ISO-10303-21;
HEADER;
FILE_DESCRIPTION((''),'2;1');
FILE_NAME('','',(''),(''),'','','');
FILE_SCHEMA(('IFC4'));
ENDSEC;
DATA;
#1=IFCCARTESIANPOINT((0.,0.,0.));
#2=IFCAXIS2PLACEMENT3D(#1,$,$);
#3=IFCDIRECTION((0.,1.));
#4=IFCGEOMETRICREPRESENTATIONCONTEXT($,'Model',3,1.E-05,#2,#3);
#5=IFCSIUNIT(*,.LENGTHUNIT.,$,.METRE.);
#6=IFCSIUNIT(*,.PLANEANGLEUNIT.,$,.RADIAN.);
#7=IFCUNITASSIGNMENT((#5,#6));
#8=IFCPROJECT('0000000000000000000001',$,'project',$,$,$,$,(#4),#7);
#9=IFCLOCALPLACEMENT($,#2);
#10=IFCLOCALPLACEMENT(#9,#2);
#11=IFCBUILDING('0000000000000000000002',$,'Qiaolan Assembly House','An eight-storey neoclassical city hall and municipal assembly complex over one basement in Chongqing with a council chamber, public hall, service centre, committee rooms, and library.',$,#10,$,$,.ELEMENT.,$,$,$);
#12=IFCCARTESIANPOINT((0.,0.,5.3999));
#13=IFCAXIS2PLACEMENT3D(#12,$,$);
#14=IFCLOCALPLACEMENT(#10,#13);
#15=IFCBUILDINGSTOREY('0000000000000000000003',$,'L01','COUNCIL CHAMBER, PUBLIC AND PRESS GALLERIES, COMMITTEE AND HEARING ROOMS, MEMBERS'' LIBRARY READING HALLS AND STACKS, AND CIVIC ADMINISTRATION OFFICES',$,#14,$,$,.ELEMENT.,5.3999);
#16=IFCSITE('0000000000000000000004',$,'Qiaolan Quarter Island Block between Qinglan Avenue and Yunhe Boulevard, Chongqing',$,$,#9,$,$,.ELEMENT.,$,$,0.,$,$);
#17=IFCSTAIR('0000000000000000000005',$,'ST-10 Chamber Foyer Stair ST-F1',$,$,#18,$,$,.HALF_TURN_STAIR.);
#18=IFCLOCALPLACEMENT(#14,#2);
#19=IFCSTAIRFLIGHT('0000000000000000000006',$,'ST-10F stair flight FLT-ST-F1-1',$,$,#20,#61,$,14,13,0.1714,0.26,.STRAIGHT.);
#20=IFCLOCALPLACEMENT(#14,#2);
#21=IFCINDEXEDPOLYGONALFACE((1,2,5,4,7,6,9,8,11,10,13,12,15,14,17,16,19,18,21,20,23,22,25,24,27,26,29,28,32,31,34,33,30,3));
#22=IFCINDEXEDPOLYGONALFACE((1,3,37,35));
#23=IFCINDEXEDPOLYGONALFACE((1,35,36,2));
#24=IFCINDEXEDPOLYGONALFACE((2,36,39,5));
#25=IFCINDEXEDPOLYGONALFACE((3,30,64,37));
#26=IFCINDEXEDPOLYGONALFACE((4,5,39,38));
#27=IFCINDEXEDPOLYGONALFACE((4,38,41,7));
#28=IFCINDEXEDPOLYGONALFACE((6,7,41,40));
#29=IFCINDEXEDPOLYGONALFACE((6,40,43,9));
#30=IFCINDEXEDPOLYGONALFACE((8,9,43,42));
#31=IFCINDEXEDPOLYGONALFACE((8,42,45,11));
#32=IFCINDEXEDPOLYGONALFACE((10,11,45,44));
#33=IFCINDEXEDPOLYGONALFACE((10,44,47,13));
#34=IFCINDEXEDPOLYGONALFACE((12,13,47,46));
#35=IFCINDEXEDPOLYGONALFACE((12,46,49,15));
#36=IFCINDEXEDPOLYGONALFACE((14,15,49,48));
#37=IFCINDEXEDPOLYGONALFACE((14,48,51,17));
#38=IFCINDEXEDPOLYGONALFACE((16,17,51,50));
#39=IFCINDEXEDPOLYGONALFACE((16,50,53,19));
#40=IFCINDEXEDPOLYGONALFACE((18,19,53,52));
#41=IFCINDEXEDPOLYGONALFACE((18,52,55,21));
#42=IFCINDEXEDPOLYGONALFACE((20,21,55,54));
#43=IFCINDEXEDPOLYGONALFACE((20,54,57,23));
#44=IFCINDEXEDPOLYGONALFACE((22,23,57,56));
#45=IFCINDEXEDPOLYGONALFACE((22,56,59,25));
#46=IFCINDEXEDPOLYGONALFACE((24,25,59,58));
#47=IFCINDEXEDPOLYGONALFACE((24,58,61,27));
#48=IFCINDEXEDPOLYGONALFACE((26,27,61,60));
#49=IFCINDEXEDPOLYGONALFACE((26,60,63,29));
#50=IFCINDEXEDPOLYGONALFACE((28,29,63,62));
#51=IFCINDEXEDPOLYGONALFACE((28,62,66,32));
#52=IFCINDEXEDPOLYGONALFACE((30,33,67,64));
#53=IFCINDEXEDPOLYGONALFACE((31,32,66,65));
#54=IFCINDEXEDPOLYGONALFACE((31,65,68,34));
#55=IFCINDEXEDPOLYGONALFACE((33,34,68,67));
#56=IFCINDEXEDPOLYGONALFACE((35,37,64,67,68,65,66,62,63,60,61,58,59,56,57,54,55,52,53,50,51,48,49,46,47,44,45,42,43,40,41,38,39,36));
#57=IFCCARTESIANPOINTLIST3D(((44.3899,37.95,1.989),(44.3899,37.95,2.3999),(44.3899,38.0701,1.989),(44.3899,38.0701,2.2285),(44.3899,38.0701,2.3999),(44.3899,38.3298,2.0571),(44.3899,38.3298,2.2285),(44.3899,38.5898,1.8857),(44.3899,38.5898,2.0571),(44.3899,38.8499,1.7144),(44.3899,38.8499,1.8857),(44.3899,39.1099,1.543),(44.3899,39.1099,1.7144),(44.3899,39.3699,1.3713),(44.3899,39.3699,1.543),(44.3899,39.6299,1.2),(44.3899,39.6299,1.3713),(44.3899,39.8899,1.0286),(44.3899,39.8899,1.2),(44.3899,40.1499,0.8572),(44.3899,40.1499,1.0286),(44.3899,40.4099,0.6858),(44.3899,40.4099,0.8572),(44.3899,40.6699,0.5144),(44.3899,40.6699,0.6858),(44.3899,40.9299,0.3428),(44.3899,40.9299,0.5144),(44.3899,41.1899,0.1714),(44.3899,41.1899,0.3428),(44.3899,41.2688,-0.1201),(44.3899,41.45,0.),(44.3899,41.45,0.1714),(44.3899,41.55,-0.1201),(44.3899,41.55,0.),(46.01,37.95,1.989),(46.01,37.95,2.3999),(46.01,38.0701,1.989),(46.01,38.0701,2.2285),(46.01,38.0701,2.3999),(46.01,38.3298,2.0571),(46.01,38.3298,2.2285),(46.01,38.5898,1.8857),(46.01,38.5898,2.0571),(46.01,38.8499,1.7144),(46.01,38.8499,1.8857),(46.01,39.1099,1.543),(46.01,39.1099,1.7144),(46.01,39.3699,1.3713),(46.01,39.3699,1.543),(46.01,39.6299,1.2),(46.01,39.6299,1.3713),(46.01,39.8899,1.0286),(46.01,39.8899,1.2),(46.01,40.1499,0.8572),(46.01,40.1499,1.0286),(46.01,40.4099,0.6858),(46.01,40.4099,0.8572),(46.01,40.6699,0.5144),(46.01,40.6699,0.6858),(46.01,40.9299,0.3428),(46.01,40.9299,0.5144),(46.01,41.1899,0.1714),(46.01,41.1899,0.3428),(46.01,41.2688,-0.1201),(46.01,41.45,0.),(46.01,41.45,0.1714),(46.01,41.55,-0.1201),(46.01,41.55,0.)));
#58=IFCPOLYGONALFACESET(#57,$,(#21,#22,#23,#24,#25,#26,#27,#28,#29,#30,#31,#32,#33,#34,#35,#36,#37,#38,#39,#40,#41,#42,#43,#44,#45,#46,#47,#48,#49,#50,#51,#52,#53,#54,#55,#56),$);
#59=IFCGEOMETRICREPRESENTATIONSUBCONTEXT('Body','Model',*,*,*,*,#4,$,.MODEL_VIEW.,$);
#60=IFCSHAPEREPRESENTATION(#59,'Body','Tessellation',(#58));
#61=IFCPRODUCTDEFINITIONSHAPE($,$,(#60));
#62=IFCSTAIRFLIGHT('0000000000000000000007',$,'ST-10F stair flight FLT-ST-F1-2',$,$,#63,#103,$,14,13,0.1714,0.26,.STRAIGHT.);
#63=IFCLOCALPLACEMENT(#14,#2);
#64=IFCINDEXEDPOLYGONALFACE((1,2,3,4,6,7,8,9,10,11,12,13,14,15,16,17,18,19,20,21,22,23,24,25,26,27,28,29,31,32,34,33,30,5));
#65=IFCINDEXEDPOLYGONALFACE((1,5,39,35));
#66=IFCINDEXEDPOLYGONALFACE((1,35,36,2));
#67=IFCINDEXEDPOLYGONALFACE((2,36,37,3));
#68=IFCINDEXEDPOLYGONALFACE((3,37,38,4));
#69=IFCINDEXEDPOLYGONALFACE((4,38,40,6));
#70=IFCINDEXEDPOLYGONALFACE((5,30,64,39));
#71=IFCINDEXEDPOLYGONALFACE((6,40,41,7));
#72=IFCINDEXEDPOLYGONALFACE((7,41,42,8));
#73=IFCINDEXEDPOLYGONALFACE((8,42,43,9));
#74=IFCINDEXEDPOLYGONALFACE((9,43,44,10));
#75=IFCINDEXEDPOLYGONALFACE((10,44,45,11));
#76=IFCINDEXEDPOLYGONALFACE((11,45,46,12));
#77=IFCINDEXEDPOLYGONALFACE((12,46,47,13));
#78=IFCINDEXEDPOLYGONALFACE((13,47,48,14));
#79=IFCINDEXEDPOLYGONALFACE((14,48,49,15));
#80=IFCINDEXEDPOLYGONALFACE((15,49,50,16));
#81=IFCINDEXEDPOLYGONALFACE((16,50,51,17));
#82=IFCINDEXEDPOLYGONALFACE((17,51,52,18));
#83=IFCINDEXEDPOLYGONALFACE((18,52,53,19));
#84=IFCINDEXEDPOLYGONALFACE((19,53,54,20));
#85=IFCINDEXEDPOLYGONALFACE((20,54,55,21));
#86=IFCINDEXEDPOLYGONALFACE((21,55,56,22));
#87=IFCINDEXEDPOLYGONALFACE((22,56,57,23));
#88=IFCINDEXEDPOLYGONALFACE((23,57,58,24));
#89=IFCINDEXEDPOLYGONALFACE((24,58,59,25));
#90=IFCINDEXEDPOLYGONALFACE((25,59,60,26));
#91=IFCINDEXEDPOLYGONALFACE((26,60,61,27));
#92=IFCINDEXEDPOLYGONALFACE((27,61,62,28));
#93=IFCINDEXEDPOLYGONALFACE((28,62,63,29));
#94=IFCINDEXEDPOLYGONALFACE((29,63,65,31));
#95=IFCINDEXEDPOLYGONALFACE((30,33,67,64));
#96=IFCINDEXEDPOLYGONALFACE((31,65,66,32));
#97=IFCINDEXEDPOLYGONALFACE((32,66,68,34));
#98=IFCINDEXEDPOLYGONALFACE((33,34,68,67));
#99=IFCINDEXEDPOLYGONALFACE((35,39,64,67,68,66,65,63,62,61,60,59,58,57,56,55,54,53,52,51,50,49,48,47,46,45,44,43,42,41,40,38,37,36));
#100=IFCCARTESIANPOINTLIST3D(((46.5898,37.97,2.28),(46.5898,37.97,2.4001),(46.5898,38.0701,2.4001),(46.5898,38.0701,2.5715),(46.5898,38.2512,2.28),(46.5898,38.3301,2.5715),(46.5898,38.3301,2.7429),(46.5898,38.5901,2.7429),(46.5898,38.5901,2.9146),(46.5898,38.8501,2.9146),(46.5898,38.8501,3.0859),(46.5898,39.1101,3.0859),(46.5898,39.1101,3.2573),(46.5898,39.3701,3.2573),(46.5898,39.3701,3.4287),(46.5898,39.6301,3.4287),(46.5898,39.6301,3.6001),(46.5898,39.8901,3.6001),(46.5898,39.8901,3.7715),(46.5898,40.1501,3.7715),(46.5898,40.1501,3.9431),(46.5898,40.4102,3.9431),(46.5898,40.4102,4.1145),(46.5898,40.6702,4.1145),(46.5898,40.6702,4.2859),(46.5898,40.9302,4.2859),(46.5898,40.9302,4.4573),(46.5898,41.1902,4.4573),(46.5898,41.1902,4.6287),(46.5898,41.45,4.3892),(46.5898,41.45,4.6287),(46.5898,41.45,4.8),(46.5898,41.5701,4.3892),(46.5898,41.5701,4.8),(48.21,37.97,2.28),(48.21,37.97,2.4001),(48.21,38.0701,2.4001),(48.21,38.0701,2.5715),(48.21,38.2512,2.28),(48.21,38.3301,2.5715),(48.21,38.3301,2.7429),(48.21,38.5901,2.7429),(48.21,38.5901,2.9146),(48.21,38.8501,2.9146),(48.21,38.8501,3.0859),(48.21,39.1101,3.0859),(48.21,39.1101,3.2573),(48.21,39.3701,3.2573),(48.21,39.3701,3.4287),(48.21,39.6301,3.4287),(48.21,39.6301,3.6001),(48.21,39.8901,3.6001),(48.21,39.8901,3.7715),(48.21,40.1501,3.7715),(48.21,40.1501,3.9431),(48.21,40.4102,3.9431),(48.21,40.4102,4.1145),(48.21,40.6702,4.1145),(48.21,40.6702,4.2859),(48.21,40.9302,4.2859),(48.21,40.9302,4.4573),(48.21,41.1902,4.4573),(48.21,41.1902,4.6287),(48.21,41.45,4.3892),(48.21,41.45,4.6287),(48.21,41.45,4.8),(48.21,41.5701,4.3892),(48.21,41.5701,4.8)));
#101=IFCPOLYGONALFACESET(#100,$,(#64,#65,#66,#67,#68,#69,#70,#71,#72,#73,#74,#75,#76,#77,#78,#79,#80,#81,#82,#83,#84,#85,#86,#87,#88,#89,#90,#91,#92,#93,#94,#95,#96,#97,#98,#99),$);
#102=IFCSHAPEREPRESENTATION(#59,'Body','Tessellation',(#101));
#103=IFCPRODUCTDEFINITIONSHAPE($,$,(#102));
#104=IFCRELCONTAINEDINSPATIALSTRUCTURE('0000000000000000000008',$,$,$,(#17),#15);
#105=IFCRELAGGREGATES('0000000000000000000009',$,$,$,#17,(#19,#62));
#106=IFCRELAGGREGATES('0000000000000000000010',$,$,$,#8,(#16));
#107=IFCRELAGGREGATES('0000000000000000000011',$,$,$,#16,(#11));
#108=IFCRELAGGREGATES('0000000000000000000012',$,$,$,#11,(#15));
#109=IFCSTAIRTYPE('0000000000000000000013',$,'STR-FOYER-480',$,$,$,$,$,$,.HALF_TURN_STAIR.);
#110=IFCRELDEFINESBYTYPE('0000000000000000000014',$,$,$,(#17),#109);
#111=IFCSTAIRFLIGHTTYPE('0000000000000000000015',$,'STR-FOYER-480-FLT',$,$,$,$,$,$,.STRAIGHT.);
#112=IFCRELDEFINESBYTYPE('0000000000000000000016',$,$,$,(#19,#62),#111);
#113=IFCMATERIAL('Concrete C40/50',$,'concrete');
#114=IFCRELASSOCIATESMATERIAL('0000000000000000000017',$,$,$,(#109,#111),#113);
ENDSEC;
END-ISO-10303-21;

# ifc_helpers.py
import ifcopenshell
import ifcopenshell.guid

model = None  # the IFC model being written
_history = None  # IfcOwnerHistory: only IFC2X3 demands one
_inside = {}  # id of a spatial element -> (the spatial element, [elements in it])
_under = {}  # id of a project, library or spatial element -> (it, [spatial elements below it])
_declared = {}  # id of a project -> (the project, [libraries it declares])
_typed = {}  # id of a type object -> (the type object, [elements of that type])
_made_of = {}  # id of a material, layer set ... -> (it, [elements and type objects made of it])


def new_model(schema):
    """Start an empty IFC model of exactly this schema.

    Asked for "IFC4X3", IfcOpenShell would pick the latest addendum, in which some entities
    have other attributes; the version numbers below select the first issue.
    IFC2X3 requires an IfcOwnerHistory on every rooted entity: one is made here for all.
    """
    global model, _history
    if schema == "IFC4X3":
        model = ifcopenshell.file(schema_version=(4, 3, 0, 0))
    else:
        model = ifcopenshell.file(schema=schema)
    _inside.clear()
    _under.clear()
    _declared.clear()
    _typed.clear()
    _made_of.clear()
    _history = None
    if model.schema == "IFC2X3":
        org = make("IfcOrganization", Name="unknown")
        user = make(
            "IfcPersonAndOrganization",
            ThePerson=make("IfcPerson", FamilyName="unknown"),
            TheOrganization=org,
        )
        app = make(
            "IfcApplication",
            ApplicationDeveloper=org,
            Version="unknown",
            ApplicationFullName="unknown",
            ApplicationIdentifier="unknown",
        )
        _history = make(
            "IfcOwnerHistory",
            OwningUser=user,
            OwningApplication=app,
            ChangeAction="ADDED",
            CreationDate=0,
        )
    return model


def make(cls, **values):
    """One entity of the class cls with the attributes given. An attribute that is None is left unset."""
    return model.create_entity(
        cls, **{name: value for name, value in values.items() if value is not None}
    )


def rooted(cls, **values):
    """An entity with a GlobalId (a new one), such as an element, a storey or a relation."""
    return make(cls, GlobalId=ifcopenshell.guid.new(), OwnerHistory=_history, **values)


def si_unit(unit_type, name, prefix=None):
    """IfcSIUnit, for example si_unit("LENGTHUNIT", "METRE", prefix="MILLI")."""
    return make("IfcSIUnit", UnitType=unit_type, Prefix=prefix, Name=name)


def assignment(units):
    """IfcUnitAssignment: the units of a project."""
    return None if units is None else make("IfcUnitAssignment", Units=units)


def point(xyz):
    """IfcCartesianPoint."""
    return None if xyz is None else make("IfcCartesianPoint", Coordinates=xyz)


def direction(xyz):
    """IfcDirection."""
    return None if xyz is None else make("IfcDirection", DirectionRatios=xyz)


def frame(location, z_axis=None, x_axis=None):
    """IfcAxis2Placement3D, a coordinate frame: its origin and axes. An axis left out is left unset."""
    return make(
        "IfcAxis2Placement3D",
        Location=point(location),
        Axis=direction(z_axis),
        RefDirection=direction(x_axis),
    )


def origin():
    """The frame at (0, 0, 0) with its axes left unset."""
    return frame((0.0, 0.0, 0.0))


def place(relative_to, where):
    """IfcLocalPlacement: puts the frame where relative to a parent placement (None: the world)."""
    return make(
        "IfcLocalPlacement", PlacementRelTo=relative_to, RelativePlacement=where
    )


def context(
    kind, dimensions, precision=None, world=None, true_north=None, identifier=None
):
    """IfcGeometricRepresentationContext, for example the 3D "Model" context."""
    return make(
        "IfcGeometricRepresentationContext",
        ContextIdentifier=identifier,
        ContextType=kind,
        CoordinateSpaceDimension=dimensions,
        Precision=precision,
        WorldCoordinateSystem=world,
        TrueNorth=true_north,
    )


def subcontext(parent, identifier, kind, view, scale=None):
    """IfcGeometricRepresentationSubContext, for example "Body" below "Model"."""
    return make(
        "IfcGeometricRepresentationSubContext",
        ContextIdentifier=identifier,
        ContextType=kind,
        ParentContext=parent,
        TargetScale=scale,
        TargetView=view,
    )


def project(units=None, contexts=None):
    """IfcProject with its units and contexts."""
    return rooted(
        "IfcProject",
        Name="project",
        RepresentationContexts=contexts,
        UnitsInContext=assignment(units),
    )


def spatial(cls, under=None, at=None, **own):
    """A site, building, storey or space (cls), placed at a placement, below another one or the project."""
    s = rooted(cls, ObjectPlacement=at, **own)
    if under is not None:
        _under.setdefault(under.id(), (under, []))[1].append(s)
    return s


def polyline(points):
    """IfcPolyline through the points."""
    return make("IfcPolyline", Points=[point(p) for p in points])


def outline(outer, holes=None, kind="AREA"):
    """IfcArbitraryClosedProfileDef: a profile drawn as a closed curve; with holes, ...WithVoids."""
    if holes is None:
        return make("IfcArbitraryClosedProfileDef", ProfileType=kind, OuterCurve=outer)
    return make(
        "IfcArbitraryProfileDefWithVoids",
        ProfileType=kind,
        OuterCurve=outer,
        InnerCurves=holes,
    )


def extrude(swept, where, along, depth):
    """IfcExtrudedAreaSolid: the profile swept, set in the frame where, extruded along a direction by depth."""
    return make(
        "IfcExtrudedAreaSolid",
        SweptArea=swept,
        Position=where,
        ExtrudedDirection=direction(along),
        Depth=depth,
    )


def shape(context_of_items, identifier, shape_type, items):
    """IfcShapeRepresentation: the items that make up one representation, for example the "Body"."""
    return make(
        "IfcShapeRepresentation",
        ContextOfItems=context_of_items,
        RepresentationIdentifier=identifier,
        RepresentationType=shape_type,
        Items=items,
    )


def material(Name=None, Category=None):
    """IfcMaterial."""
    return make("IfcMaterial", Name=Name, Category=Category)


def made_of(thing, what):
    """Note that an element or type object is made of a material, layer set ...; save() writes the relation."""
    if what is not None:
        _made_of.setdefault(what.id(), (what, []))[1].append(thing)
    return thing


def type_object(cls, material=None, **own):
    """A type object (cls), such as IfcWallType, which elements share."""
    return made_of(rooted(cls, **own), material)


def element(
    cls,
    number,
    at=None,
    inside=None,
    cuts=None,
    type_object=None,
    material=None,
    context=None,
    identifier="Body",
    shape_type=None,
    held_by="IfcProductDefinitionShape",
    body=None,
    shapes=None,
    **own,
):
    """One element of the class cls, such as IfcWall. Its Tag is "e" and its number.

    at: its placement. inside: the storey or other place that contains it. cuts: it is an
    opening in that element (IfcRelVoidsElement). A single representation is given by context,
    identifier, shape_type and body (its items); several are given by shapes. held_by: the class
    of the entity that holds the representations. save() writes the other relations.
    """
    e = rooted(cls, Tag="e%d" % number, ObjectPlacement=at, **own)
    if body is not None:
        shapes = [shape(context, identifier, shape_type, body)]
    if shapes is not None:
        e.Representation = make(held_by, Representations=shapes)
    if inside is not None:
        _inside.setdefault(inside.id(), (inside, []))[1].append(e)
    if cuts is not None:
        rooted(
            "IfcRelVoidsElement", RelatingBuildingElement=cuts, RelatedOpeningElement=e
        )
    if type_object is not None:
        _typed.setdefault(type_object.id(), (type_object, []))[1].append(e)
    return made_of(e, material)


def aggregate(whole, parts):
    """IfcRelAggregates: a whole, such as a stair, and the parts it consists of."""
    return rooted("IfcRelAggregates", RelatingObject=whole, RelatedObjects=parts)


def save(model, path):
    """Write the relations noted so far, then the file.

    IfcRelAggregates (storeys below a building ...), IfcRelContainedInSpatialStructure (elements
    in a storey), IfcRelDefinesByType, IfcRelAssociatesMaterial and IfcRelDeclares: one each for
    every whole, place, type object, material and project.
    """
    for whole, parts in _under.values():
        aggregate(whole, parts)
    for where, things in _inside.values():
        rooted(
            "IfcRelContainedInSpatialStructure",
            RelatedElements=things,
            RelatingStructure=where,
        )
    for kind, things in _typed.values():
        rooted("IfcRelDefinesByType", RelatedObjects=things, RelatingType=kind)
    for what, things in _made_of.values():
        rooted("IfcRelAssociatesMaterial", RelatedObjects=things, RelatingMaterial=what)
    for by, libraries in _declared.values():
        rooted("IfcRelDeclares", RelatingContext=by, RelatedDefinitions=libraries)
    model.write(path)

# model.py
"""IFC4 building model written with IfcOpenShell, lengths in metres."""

from ifc_helpers import new_model, si_unit, direction, frame, origin, place, context, subcontext, project, spatial, polyline, outline, extrude, material, type_object, element, aggregate, save


model = new_model("IFC4")

# Units and contexts
model_context = context("Model", 3, precision=1e-05, world=origin(), true_north=direction((0.0, 1.0)))
body_context = subcontext(model_context, "Body", "Model", "MODEL_VIEW")
ifc_project = project(units=[si_unit("LENGTHUNIT", "METRE"), si_unit("PLANEANGLEUNIT", "RADIAN")], contexts=[model_context])

# Site, building, storey
site_placement = place(None, origin())
site = spatial("IfcSite", under=ifc_project, at=site_placement, Name="Qiaolan Quarter Island Block between Qinglan Avenue and Yunhe Boulevard, Chongqing", CompositionType="ELEMENT", RefElevation=0.0)
building_placement = place(site_placement, origin())
building = spatial("IfcBuilding", under=site, at=building_placement, Name="Qiaolan Assembly House", Description="An eight-storey neoclassical city hall and municipal assembly complex over one basement in Chongqing with a council chamber, public hall, service centre, committee rooms, and library.", CompositionType="ELEMENT")
storey_placement = place(building_placement, frame((0.0, 0.0, 5.3999)))
storey = spatial("IfcBuildingStorey", under=building, at=storey_placement, Name="L01", Description="COUNCIL CHAMBER, PUBLIC AND PRESS GALLERIES, COMMITTEE AND HEARING ROOMS, MEMBERS' LIBRARY READING HALLS AND STACKS, AND CIVIC ADMINISTRATION OFFICES", CompositionType="ELEMENT", Elevation=5.3999)

# Stair, stair flights
ifc_material_1 = material(Name="Concrete C40/50", Category="concrete")
stair_type = type_object("IfcStairType", Name="STR-FOYER-480", PredefinedType="HALF_TURN_STAIR", material=ifc_material_1)
stair_placement = place(storey_placement, origin())
stair = element("IfcStair", 1, at=stair_placement, inside=storey, type_object=stair_type, Name="ST-10 Chamber Foyer Stair ST-F1", PredefinedType="HALF_TURN_STAIR")
stair_flight_type = type_object("IfcStairFlightType", Name="STR-FOYER-480-FLT", PredefinedType="STRAIGHT", material=ifc_material_1)
stair_flight_1_placement = place(storey_placement, frame((45.2, 41.45, 0.0), z_axis=(0.0, 0.0, 1.0), x_axis=(0.0, -1.0, 0.0)))
stair_flight_1 = element("IfcStairFlight", 2, at=stair_flight_1_placement, type_object=stair_flight_type, Name="ST-10F stair flight FLT-ST-F1-1", NumberOfRisers=14, NumberOfTreads=13, PredefinedType="STRAIGHT", RiserHeight=0.1714, TreadLength=0.26, context=body_context, shape_type="SweptSolid", body=[
    extrude(outline(polyline([(-0.1001, -0.1201), (-0.1001, 0.0), (0.0, 0.0), (0.0, 0.1714), (0.26, 0.1714), (0.26, 0.3428), (0.52, 0.3428), (0.52, 0.5144), (0.78, 0.5144), (0.78, 0.6858), (1.04, 0.6858), (1.04, 0.8572), (1.3, 0.8572), (1.3, 1.0286), (1.5601, 1.0286), (1.5601, 1.2), (1.8201, 1.2), (1.8201, 1.3713), (2.0801, 1.3713), (2.0801, 1.543), (2.3401, 1.543), (2.3401, 1.7144), (2.6001, 1.7144), (2.6001, 1.8857), (2.8601, 1.8857), (2.8601, 2.0571), (3.1201, 2.0571), (3.1201, 2.2285), (3.3799, 2.2285), (3.3799, 2.3999), (3.5, 2.3999), (3.5, 1.989), (3.3799, 1.989), (0.1812, -0.1201), (-0.1001, -0.1201)])), frame((0.0, 0.8101, 0.0), z_axis=(0.0, -1.0, 0.0), x_axis=(1.0, 0.0, 0.0)), (0.0, 0.0, 1.0), 1.6201),
])
stair_flight_2_placement = place(storey_placement, frame((47.3999, 38.0701, 2.4001), z_axis=(0.0, 0.0, 1.0), x_axis=(0.0, 1.0, 0.0)))
stair_flight_2 = element("IfcStairFlight", 3, at=stair_flight_2_placement, type_object=stair_flight_type, Name="ST-10F stair flight FLT-ST-F1-2", NumberOfRisers=14, NumberOfTreads=13, PredefinedType="STRAIGHT", RiserHeight=0.1714, TreadLength=0.26, context=body_context, shape_type="SweptSolid", body=[
    extrude(outline(polyline([(-0.1001, -0.1201), (-0.1001, 0.0), (0.0, 0.0), (0.0, 0.1714), (0.26, 0.1714), (0.26, 0.3428), (0.52, 0.3428), (0.52, 0.5144), (0.78, 0.5144), (0.78, 0.6858), (1.04, 0.6858), (1.04, 0.8572), (1.3, 0.8572), (1.3, 1.0286), (1.5601, 1.0286), (1.5601, 1.2), (1.8201, 1.2), (1.8201, 1.3713), (2.0801, 1.3713), (2.0801, 1.543), (2.3401, 1.543), (2.3401, 1.7144), (2.6001, 1.7144), (2.6001, 1.8857), (2.8601, 1.8857), (2.8601, 2.0571), (3.1201, 2.0571), (3.1201, 2.2285), (3.3799, 2.2285), (3.3799, 2.3999), (3.5, 2.3999), (3.5, 1.989), (3.3799, 1.989), (0.1812, -0.1201), (-0.1001, -0.1201)])), frame((0.0, 0.8101, 0.0), z_axis=(0.0, -1.0, 0.0), x_axis=(1.0, 0.0, 0.0)), (0.0, 0.0, 1.0), 1.6201),
])
aggregate(stair, [stair_flight_1, stair_flight_2])

save(model, "model.ifc")
